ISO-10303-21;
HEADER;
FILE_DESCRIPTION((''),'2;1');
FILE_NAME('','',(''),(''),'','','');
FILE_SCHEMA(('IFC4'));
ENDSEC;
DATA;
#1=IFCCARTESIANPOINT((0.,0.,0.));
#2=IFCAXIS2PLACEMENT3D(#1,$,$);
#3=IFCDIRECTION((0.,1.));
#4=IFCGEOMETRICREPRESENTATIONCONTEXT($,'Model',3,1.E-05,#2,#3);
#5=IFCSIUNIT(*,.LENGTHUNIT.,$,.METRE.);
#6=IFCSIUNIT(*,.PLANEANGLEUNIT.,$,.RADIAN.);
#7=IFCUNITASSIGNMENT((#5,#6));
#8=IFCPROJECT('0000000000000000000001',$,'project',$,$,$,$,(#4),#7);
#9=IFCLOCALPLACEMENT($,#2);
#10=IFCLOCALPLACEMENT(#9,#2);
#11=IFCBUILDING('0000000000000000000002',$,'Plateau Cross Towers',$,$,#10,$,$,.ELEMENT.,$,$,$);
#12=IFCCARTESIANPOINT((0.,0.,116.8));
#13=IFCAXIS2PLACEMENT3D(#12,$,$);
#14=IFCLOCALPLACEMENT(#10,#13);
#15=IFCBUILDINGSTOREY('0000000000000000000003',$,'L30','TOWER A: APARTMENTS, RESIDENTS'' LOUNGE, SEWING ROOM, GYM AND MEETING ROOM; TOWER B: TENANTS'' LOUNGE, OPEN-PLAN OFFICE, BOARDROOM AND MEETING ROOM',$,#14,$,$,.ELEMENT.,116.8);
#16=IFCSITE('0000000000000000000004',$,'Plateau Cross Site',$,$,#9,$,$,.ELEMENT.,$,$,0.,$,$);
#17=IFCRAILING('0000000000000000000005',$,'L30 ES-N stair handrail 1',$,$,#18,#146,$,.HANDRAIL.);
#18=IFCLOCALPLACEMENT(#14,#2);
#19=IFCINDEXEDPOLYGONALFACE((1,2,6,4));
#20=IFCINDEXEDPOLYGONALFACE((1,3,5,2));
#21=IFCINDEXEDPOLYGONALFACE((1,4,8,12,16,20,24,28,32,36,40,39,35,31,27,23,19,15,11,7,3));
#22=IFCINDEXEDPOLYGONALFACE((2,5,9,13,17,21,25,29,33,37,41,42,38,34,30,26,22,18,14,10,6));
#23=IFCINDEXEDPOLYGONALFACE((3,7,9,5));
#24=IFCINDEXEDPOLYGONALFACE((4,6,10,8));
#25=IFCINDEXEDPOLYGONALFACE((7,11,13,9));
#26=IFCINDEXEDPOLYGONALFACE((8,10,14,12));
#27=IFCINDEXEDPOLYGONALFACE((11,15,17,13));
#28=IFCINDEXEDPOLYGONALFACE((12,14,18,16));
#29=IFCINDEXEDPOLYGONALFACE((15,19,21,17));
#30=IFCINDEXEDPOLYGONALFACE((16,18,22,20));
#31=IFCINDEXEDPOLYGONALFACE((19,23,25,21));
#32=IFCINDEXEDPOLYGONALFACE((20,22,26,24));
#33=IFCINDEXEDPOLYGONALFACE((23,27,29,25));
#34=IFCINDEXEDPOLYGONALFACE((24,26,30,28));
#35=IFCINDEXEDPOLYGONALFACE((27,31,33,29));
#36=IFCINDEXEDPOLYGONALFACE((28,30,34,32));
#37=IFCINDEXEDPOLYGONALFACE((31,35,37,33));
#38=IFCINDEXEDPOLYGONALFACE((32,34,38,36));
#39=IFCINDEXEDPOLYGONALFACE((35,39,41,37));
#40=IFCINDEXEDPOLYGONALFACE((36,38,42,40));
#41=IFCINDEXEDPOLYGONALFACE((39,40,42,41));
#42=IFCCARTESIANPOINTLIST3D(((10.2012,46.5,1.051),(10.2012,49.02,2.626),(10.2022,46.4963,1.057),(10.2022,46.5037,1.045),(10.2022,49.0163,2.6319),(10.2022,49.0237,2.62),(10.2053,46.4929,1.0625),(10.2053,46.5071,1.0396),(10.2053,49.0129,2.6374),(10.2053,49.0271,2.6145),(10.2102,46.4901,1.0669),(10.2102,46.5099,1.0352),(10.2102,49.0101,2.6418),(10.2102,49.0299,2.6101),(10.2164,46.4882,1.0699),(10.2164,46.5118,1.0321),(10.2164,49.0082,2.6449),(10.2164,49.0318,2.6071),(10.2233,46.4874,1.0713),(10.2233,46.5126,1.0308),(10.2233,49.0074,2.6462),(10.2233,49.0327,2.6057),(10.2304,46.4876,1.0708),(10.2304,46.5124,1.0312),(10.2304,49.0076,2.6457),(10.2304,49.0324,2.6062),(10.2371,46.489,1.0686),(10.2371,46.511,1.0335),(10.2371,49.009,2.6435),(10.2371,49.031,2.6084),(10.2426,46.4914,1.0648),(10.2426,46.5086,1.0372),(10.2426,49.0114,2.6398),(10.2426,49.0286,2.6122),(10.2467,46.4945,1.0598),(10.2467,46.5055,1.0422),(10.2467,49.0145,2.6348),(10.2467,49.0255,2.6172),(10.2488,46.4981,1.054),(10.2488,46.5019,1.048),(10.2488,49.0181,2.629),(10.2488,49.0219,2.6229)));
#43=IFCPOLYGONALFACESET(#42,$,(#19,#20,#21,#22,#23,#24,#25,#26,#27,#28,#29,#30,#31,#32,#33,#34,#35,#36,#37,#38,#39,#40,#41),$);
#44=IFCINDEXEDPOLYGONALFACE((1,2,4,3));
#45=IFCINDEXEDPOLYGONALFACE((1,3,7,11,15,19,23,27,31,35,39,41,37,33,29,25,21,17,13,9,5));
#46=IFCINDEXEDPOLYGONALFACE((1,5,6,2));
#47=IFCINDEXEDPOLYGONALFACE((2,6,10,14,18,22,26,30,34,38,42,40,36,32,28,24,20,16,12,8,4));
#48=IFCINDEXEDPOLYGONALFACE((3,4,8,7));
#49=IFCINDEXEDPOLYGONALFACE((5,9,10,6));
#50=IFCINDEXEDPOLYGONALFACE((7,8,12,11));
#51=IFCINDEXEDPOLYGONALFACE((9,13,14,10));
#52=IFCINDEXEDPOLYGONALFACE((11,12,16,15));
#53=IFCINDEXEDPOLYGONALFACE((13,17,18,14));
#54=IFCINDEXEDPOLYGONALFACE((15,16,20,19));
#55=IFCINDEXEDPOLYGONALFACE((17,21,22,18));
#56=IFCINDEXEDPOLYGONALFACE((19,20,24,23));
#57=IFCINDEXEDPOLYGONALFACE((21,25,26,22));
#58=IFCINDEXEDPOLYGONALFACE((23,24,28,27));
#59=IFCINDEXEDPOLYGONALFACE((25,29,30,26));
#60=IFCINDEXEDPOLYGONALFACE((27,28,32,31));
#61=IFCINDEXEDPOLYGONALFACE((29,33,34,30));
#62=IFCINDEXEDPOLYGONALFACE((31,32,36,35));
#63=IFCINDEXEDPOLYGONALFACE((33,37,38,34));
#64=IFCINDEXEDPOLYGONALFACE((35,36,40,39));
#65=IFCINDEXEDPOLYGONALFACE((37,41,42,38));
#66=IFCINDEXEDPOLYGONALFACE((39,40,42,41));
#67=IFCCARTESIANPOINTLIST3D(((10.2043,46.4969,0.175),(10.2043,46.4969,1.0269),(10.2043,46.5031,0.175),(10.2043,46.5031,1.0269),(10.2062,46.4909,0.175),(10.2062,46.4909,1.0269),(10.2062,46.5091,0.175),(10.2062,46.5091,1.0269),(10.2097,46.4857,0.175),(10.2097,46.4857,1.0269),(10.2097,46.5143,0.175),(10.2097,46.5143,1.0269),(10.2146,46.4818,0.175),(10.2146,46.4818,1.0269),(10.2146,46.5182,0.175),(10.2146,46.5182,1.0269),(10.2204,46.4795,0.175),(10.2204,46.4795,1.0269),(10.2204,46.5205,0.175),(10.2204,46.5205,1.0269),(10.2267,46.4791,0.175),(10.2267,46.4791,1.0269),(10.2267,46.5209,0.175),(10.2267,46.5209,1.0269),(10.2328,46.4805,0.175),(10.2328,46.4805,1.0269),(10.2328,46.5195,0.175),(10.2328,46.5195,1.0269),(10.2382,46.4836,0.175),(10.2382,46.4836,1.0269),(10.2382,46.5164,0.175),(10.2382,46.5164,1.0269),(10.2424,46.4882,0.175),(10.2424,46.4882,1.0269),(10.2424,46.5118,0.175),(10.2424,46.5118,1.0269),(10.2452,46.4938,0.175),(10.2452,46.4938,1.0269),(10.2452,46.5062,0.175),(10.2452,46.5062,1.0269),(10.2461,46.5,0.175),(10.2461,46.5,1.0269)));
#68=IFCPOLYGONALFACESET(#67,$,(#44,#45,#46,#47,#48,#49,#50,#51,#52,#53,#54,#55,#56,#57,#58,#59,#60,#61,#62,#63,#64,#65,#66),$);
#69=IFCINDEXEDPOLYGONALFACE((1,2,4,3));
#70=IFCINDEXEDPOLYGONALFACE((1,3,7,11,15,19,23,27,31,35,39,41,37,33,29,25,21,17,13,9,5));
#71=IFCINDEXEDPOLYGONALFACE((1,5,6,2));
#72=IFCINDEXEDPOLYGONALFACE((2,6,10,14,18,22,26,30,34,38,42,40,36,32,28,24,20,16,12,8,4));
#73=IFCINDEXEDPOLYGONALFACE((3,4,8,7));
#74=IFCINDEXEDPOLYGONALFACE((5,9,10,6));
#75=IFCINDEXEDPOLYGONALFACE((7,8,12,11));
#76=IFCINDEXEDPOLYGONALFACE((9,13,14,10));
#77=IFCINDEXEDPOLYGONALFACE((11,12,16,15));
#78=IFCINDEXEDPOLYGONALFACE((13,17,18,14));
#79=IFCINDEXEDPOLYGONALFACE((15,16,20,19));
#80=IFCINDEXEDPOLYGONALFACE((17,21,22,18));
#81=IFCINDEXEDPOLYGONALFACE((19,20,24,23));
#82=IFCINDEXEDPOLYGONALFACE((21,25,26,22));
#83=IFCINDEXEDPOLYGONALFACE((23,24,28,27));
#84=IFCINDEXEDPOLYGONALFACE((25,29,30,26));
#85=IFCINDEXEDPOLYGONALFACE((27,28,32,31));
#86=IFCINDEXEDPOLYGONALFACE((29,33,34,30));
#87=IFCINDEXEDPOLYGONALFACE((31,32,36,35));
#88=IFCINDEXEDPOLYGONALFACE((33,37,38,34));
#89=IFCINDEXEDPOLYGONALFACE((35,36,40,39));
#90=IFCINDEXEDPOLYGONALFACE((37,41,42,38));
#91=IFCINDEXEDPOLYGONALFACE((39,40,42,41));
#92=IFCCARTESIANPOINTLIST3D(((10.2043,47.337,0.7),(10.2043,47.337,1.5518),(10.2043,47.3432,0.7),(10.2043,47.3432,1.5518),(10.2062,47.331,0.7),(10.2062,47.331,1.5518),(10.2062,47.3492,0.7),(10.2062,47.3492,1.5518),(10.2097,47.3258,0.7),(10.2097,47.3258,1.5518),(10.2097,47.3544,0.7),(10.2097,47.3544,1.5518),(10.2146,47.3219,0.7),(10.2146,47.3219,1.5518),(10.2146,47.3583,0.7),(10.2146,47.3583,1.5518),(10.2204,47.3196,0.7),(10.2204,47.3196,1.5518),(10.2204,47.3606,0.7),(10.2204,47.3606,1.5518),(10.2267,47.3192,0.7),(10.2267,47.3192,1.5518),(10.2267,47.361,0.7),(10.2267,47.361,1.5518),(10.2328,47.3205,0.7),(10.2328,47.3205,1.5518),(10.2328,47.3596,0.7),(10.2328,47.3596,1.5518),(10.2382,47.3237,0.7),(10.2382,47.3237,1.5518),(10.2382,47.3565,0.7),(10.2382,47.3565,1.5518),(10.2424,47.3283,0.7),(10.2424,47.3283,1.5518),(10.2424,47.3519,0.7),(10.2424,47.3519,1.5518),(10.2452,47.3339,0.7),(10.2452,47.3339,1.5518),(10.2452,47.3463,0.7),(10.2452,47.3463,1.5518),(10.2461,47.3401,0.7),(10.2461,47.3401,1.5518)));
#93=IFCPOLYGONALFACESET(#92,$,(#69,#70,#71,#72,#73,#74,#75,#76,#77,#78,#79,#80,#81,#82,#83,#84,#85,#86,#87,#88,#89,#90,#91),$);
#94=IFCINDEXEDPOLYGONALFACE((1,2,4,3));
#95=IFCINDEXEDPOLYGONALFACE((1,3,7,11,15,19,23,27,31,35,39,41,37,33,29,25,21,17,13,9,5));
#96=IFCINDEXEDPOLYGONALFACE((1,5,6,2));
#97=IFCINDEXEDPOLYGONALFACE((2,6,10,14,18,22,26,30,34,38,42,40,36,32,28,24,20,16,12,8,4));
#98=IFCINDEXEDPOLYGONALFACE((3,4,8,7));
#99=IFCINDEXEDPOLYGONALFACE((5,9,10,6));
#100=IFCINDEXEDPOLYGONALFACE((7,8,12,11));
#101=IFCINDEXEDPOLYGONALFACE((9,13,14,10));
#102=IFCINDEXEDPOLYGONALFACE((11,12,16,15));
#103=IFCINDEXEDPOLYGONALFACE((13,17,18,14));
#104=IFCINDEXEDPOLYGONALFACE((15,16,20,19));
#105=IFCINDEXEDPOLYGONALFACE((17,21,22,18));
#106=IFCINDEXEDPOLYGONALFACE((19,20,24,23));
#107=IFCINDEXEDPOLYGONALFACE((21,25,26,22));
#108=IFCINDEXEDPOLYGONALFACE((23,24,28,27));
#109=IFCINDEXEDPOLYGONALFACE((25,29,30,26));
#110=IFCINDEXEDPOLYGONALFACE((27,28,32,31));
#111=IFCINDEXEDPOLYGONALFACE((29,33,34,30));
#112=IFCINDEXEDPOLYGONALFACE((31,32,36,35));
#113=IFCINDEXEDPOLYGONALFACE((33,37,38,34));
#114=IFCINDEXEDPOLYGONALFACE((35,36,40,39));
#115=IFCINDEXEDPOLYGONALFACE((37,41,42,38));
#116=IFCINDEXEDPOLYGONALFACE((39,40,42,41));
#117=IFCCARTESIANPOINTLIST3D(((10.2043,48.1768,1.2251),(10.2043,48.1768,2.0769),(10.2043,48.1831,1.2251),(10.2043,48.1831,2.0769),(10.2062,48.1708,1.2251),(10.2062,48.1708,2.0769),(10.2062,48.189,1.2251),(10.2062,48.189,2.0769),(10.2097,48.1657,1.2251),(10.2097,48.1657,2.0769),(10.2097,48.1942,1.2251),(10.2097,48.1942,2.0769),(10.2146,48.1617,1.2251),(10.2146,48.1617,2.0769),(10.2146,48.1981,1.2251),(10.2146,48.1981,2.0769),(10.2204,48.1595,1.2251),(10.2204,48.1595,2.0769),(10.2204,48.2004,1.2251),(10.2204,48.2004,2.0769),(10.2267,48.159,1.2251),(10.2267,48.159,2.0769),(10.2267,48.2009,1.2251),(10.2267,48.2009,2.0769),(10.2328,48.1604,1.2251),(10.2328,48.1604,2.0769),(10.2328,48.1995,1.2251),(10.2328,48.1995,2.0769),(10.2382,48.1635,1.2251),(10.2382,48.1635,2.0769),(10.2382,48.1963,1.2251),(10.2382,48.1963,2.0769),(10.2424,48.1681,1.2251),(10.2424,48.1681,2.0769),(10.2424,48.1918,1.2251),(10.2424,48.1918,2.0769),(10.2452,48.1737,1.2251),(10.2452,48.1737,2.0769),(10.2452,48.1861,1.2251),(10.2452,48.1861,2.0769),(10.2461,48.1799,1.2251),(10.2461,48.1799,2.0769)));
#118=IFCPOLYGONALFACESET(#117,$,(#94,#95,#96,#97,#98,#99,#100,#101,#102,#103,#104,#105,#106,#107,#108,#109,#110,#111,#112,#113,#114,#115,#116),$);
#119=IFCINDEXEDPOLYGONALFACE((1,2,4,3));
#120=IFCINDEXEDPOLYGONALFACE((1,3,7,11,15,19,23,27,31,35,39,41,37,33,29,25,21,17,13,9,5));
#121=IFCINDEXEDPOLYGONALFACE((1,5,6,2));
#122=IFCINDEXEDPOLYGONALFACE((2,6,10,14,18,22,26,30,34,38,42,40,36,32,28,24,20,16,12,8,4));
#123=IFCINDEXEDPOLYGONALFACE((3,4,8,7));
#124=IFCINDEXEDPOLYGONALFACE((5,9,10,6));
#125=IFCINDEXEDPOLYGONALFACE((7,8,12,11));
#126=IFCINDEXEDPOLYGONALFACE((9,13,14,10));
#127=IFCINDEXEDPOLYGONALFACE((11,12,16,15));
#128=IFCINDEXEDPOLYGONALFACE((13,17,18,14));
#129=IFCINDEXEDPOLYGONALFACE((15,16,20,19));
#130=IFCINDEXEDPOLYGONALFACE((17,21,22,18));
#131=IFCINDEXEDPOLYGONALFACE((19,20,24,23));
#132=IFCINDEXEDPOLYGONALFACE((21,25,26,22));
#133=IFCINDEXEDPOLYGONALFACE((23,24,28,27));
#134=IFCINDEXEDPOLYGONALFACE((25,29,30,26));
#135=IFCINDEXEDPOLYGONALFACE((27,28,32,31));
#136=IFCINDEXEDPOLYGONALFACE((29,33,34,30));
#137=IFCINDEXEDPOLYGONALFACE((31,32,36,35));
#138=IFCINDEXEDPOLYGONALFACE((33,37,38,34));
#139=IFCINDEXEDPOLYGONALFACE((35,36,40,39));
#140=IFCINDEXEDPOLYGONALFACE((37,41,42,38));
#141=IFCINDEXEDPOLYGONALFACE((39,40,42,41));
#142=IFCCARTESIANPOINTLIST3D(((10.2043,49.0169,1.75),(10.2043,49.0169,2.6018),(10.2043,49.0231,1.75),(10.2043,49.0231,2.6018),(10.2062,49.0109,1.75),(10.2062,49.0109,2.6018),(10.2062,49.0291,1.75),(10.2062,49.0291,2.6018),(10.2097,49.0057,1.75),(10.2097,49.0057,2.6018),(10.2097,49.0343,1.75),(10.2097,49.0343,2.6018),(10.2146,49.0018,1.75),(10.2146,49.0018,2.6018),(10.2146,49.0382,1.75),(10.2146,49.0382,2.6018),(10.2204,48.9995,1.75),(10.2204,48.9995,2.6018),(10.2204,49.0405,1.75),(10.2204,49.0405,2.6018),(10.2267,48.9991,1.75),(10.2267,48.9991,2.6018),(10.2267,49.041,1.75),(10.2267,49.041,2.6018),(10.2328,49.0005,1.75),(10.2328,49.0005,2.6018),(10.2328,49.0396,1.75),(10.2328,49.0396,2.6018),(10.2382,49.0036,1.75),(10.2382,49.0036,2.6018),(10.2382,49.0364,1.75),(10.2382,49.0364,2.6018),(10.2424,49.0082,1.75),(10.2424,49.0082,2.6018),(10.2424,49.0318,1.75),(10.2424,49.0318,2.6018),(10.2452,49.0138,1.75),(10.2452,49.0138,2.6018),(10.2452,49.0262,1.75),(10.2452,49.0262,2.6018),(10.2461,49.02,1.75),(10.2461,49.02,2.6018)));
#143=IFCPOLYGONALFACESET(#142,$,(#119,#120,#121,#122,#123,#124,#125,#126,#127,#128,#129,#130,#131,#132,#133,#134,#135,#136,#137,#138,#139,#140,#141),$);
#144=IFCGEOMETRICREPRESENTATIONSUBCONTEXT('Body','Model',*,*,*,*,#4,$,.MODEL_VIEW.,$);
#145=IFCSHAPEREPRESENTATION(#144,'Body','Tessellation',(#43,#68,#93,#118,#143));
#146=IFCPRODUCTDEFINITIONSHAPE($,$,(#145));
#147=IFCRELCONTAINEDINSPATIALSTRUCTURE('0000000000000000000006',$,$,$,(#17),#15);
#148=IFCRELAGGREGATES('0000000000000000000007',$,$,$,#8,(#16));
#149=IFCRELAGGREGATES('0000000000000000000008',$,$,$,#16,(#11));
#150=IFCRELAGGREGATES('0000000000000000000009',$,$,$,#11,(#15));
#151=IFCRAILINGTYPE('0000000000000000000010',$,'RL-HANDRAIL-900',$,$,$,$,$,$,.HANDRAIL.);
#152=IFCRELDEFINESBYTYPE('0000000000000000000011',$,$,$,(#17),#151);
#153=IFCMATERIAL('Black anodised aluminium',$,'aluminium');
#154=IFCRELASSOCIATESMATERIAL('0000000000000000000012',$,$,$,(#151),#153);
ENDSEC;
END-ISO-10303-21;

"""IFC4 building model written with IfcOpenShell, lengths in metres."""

from ifc_helpers import new_model, si_unit, direction, frame, origin, origin_2d, place, context, subcontext, project, spatial, circle, extrude, material, type_object, element, save


model = new_model("IFC4")

# Units and contexts
model_context = context("Model", 3, precision=1e-05, world=origin(), true_north=direction((0.0, 1.0)))
body_context = subcontext(model_context, "Body", "Model", "MODEL_VIEW")
ifc_project = project(units=[si_unit("LENGTHUNIT", "METRE"), si_unit("PLANEANGLEUNIT", "RADIAN")], contexts=[model_context])

# Site, building, storey
site_placement = place(None, origin())
site = spatial("IfcSite", under=ifc_project, at=site_placement, Name="Plateau Cross Site", CompositionType="ELEMENT", RefElevation=0.0)
building_placement = place(site_placement, origin())
building = spatial("IfcBuilding", under=site, at=building_placement, Name="Plateau Cross Towers", CompositionType="ELEMENT")
storey_placement = place(building_placement, frame((0.0, 0.0, 116.8)))
storey = spatial("IfcBuildingStorey", under=building, at=storey_placement, Name="L30", Description="TOWER A: APARTMENTS, RESIDENTS' LOUNGE, SEWING ROOM, GYM AND MEETING ROOM; TOWER B: TENANTS' LOUNGE, OPEN-PLAN OFFICE, BOARDROOM AND MEETING ROOM", CompositionType="ELEMENT", Elevation=116.8)

# Shared definitions
ifc_material_1 = material(Name="Black anodised aluminium", Category="aluminium")

# Railing
railing_type_1 = type_object("IfcRailingType", Name="RL-HANDRAIL-900", PredefinedType="HANDRAIL", material=ifc_material_1)
railing_1_placement = place(storey_placement, frame((10.2251, 46.5, 0.175)))
element("IfcRailing", 1, at=railing_1_placement, inside=storey, type_object=railing_type_1, Name="L30 ES-N stair handrail 1", PredefinedType="HANDRAIL", context=body_context, shape_type="SweptSolid", body=[
    extrude(circle(Radius=0.0239, at=origin_2d()), frame((0.0, 0.0, 0.876), z_axis=(0.0, 0.848008, 0.529984), x_axis=(-1.0, 0.0, 0.0)), (0.0, 0.0, 1.0), 2.9717),
    extrude(circle(Radius=0.021, at=origin_2d()), origin(), (0.0, 0.0, 1.0), 0.8518),
    extrude(circle(Radius=0.021, at=origin_2d()), frame((0.0, 0.8401, 0.5249)), (0.0, 0.0, 1.0), 0.8518),
    extrude(circle(Radius=0.021, at=origin_2d()), frame((0.0, 1.6799, 1.05)), (0.0, 0.0, 1.0), 0.8518),
    extrude(circle(Radius=0.021, at=origin_2d()), frame((0.0, 2.52, 1.575)), (0.0, 0.0, 1.0), 0.8518),
])

save(model, "model.ifc")
